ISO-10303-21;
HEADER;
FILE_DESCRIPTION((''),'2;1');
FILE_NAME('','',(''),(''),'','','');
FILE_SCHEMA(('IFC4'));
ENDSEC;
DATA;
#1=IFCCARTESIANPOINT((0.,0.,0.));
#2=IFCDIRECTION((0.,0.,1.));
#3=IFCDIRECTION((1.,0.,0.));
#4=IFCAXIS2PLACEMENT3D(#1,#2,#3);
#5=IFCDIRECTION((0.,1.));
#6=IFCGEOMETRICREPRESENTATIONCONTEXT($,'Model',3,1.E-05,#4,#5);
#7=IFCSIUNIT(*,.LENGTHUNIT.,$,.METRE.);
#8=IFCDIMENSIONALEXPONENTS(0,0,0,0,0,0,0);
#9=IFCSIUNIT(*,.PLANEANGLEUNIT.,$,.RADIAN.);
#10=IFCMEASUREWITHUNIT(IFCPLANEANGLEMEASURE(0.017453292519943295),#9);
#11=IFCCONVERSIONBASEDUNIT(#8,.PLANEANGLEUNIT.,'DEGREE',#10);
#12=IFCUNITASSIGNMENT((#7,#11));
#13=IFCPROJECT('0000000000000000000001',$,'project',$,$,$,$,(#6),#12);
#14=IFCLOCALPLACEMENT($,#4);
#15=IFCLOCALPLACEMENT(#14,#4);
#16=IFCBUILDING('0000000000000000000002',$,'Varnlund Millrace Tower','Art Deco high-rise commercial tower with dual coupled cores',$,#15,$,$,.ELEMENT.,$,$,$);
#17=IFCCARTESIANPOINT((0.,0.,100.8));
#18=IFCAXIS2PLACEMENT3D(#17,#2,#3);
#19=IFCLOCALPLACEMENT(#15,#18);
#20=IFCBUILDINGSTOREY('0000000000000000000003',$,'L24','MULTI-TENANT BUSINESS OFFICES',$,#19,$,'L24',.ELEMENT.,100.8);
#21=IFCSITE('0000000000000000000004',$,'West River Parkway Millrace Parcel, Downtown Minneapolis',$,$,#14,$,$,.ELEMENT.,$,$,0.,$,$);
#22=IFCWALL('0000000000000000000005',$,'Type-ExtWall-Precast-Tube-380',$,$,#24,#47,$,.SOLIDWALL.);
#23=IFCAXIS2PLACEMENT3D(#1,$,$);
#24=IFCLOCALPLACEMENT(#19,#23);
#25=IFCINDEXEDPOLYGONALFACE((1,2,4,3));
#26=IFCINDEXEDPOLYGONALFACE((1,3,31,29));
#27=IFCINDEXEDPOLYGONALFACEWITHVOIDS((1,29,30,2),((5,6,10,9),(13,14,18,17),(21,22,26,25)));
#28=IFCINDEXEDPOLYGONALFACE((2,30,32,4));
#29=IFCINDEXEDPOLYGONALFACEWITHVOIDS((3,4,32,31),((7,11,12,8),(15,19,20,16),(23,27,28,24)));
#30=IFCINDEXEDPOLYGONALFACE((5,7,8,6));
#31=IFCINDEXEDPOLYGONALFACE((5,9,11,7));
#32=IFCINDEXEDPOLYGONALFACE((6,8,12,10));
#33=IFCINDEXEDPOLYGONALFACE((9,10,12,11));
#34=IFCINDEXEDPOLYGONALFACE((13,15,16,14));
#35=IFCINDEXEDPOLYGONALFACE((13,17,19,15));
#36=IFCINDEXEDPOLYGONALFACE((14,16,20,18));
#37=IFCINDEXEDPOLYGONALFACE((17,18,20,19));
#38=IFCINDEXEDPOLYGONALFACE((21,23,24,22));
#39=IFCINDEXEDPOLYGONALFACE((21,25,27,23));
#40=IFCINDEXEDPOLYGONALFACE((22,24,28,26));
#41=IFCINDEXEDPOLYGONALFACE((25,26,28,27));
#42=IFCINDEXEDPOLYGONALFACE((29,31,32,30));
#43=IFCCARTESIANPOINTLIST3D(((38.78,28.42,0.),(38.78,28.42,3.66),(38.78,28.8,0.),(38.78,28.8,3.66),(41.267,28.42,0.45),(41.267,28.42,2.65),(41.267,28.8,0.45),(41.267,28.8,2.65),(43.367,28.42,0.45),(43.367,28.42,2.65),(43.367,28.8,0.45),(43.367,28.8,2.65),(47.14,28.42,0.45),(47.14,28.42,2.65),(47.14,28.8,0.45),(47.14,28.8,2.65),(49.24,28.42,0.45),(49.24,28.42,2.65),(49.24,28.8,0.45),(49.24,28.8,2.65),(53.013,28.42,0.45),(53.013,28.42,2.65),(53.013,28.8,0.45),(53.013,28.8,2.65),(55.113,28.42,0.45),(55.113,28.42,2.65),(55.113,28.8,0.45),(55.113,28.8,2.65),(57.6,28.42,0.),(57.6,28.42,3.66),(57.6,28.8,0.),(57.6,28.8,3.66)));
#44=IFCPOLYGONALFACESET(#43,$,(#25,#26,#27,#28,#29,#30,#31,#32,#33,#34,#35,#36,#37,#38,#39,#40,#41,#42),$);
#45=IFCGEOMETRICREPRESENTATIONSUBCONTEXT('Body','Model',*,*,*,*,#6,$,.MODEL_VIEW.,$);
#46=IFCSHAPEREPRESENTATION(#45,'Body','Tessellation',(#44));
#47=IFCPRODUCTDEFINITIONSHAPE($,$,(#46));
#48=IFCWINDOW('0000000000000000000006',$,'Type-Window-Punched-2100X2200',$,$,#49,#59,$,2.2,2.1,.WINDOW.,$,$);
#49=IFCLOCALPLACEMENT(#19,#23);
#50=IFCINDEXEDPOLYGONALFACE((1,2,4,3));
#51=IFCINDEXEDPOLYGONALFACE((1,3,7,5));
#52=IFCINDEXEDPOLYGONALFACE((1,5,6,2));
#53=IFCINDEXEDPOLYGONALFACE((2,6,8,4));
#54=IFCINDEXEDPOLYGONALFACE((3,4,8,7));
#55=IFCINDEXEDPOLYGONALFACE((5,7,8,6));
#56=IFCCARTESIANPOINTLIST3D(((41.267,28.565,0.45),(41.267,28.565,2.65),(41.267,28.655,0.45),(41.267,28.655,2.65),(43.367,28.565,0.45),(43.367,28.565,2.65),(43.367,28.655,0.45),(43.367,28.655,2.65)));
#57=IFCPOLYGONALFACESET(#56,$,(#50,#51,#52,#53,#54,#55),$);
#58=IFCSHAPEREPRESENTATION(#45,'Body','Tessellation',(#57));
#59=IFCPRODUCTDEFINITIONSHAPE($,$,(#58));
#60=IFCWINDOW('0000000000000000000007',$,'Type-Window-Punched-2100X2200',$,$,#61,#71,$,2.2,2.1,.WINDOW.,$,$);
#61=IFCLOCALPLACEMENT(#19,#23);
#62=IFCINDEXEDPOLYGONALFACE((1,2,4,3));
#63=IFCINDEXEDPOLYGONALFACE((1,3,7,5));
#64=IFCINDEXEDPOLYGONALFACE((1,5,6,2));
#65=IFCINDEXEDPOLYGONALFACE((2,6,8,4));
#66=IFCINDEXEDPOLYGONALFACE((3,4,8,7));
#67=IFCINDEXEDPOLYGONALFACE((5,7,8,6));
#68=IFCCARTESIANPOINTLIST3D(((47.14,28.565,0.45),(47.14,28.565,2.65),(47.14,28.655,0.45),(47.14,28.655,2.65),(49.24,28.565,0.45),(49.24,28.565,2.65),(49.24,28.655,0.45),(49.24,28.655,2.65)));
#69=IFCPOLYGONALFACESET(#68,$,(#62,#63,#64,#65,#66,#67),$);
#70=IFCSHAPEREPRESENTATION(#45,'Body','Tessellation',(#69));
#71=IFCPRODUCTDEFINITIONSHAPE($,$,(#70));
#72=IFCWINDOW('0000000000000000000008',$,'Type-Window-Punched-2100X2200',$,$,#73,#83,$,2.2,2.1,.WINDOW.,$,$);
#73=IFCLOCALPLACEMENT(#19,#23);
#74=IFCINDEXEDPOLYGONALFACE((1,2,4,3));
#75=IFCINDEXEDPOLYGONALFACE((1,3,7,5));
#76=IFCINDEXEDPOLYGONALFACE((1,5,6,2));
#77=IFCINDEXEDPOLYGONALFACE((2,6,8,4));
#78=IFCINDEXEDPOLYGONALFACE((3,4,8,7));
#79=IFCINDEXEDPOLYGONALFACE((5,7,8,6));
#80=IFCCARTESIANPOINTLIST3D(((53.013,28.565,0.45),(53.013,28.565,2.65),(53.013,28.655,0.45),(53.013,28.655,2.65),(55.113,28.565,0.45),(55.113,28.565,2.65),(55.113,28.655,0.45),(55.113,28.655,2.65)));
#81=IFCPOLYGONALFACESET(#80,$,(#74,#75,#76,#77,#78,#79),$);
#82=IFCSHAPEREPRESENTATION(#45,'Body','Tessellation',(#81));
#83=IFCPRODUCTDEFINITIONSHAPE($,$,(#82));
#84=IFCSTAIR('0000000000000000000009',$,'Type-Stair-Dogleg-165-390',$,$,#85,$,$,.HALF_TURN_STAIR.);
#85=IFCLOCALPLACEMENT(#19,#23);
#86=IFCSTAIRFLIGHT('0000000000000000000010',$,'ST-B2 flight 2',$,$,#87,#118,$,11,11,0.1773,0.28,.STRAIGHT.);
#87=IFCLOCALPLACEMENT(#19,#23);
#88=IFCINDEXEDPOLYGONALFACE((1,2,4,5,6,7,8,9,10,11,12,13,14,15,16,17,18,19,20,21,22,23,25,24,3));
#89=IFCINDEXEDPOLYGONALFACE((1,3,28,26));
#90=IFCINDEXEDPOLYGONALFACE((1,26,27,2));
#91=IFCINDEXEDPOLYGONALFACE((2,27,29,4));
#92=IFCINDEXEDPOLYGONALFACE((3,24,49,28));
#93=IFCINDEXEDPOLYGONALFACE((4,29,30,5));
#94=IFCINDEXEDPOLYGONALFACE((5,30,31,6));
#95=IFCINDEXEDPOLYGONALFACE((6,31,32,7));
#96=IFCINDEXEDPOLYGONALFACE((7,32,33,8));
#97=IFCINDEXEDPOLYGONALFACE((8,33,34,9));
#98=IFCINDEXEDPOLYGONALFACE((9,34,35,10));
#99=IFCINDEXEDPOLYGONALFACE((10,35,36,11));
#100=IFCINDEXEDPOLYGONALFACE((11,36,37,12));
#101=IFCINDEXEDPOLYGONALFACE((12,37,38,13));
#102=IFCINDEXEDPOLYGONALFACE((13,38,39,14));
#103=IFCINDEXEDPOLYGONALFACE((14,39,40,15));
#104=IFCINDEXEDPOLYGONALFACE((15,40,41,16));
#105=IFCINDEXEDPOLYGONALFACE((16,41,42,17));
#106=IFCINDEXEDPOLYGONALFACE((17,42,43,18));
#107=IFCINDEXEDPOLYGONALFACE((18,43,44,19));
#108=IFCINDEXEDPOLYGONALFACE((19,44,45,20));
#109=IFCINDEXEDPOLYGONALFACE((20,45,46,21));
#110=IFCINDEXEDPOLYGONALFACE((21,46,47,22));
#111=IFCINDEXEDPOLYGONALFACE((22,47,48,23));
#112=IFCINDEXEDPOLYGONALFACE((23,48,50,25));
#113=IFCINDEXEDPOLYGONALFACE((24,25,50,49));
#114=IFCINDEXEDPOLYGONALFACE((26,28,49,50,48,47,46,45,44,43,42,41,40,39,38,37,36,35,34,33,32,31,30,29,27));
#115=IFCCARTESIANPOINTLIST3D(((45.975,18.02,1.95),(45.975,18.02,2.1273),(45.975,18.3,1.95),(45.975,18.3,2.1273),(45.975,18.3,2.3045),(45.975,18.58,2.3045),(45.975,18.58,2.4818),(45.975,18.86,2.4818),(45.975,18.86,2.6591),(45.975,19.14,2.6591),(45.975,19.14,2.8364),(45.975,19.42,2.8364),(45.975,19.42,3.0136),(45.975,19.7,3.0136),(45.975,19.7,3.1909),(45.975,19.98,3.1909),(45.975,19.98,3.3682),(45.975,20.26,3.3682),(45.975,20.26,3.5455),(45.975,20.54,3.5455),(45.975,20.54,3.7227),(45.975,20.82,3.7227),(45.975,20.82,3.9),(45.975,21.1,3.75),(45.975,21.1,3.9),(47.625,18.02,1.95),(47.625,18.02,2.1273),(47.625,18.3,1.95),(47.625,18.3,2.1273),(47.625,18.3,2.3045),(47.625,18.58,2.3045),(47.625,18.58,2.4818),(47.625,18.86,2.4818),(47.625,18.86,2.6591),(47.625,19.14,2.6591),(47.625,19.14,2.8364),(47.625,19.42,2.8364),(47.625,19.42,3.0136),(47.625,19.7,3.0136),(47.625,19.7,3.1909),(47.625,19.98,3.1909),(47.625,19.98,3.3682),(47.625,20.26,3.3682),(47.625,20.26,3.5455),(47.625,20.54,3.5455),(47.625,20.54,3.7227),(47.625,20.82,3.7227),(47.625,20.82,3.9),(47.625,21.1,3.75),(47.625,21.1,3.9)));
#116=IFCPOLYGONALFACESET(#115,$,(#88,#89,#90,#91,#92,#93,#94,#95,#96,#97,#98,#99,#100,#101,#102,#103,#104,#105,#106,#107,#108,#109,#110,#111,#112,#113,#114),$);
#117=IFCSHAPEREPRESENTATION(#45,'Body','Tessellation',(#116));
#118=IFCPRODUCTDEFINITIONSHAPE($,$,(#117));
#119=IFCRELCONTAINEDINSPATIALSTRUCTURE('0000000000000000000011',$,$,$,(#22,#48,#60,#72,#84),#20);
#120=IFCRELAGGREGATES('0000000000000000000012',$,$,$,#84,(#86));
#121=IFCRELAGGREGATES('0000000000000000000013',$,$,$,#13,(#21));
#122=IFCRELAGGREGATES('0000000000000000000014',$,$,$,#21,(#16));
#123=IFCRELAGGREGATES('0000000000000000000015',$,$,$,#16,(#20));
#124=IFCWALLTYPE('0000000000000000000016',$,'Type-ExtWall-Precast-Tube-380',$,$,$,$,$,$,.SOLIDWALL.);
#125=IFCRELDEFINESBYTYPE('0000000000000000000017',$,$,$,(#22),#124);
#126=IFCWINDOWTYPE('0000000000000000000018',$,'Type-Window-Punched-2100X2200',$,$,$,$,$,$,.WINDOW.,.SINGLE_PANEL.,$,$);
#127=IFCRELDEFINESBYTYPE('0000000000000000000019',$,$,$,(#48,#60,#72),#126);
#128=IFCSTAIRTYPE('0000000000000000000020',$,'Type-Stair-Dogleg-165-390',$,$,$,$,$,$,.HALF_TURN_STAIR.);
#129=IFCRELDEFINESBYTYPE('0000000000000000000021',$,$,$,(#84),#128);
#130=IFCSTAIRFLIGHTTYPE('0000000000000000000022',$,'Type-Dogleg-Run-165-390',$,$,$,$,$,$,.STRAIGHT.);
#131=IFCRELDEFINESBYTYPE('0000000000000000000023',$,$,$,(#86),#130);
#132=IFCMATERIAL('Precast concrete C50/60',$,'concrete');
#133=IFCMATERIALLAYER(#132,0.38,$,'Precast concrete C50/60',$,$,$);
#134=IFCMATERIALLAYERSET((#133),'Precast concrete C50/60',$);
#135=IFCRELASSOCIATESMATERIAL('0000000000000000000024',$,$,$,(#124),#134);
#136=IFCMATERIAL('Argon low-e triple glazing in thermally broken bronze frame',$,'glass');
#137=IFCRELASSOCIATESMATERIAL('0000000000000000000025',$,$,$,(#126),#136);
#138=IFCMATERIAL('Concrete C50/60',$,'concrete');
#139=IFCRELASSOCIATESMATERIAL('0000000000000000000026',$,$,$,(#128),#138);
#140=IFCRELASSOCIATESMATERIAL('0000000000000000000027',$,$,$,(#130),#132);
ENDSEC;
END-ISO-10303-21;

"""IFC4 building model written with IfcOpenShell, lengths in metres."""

from ifc_helpers import new_model, entity, si_unit, converted_unit, direction, frame, origin_with_axes, origin_2d_with_axis, place, context, subcontext, project, spatial, polyline, rectangle, outline, extrude, material, layer, layer_set, type_object, element, fill, aggregate, save


model = new_model("IFC4")

# Units and contexts
model_context = context("Model", 3, precision=1e-05, world=origin_with_axes(), true_north=direction((0.0, 1.0)))
body_context = subcontext(model_context, "Body", "Model", "MODEL_VIEW")
ifc_project = project(units=[si_unit("LENGTHUNIT", "METRE"), converted_unit("PLANEANGLEUNIT", "DEGREE", entity("IfcPlaneAngleMeasure", 0.017453292519943295), si_unit("PLANEANGLEUNIT", "RADIAN"), dimensions=[0, 0, 0, 0, 0, 0, 0])], contexts=[model_context])

# Site, building, storey
site_placement = place(None, origin_with_axes())
site = spatial("IfcSite", under=ifc_project, at=site_placement, Name="West River Parkway Millrace Parcel, Downtown Minneapolis", CompositionType="ELEMENT", RefElevation=0.0)
building_placement = place(site_placement, origin_with_axes())
building = spatial("IfcBuilding", under=site, at=building_placement, Name="Varnlund Millrace Tower", Description="Art Deco high-rise commercial tower with dual coupled cores", CompositionType="ELEMENT")
storey_placement = place(building_placement, frame((0.0, 0.0, 100.8), z_axis=(0.0, 0.0, 1.0), x_axis=(1.0, 0.0, 0.0)))
storey = spatial("IfcBuildingStorey", under=building, at=storey_placement, Name="L24", Description="MULTI-TENANT BUSINESS OFFICES", LongName="L24", CompositionType="ELEMENT", Elevation=100.8)

# Shared definitions
ifc_material_1 = material(Name="Precast concrete C50/60", Category="concrete")
ifc_layer = layer(ifc_material_1, 0.38, Name="Precast concrete C50/60")
ifc_layer_set = layer_set([ifc_layer], Name="Precast concrete C50/60")
wall_type = type_object("IfcWallType", Name="Type-ExtWall-Precast-Tube-380", PredefinedType="SOLIDWALL", material=ifc_layer_set)

# Wall, openings, windows
ifc_material_2 = material(Name="Argon low-e triple glazing in thermally broken bronze frame", Category="glass")
window_type = type_object("IfcWindowType", Name="Type-Window-Punched-2100X2200", PartitioningType="SINGLE_PANEL", PredefinedType="WINDOW", material=ifc_material_2)
wall_1_placement = place(storey_placement, frame((38.78, 28.61, 0.0), z_axis=(0.0, 0.0, 1.0), x_axis=(1.0, 0.0, 0.0)))
wall_1 = element("IfcWall", 1, at=wall_1_placement, inside=storey, type_object=wall_type, Name="Type-ExtWall-Precast-Tube-380", PredefinedType="SOLIDWALL", context=body_context, shape_type="SweptSolid", body=[
    extrude(outline(polyline([(0.0, -0.19), (18.82, -0.19), (18.82, 0.19), (0.0, 0.19), (0.0, -0.19)])), origin_with_axes(), (0.0, 0.0, 1.0), 3.66),
])
opening_1_placement = place(wall_1_placement, frame((3.537, 0.0, 0.45), z_axis=(0.0, 0.0, 1.0), x_axis=(1.0, 0.0, 0.0)))
opening_1 = element("IfcOpeningElement", 2, at=opening_1_placement, cuts=wall_1, PredefinedType="OPENING", context=body_context, shape_type="SweptSolid", body=[
    extrude(rectangle(XDim=2.1, YDim=0.4, at=origin_2d_with_axis()), origin_with_axes(), (0.0, 0.0, 1.0), 2.2),
])
opening_2_placement = place(wall_1_placement, frame((9.41, 0.0, 0.45), z_axis=(0.0, 0.0, 1.0), x_axis=(1.0, 0.0, 0.0)))
opening_2 = element("IfcOpeningElement", 3, at=opening_2_placement, cuts=wall_1, PredefinedType="OPENING", context=body_context, shape_type="SweptSolid", body=[
    extrude(rectangle(XDim=2.1, YDim=0.4, at=origin_2d_with_axis()), origin_with_axes(), (0.0, 0.0, 1.0), 2.2),
])
opening_3_placement = place(wall_1_placement, frame((15.283, 0.0, 0.45), z_axis=(0.0, 0.0, 1.0), x_axis=(1.0, 0.0, 0.0)))
opening_3 = element("IfcOpeningElement", 4, at=opening_3_placement, cuts=wall_1, PredefinedType="OPENING", context=body_context, shape_type="SweptSolid", body=[
    extrude(rectangle(XDim=2.1, YDim=0.4, at=origin_2d_with_axis()), origin_with_axes(), (0.0, 0.0, 1.0), 2.2),
])
window_1_placement = place(wall_1_placement, frame((3.537, 0.0, 0.45), z_axis=(0.0, 0.0, 1.0), x_axis=(1.0, 0.0, 0.0)))
window_1 = element("IfcWindow", 5, at=window_1_placement, inside=storey, type_object=window_type, Name="Type-Window-Punched-2100X2200", OverallHeight=2.2, OverallWidth=2.1, PredefinedType="WINDOW", context=body_context, shape_type="SweptSolid", body=[
    extrude(rectangle(XDim=2.1, YDim=0.09, at=origin_2d_with_axis()), origin_with_axes(), (0.0, 0.0, 1.0), 2.2),
])
fill(opening_1, window_1)
window_2_placement = place(wall_1_placement, frame((9.41, 0.0, 0.45), z_axis=(0.0, 0.0, 1.0), x_axis=(1.0, 0.0, 0.0)))
window_2 = element("IfcWindow", 6, at=window_2_placement, inside=storey, type_object=window_type, Name="Type-Window-Punched-2100X2200", OverallHeight=2.2, OverallWidth=2.1, PredefinedType="WINDOW", context=body_context, shape_type="SweptSolid", body=[
    extrude(rectangle(XDim=2.1, YDim=0.09, at=origin_2d_with_axis()), origin_with_axes(), (0.0, 0.0, 1.0), 2.2),
])
fill(opening_2, window_2)
window_3_placement = place(wall_1_placement, frame((15.283, 0.0, 0.45), z_axis=(0.0, 0.0, 1.0), x_axis=(1.0, 0.0, 0.0)))
window_3 = element("IfcWindow", 7, at=window_3_placement, inside=storey, type_object=window_type, Name="Type-Window-Punched-2100X2200", OverallHeight=2.2, OverallWidth=2.1, PredefinedType="WINDOW", context=body_context, shape_type="SweptSolid", body=[
    extrude(rectangle(XDim=2.1, YDim=0.09, at=origin_2d_with_axis()), origin_with_axes(), (0.0, 0.0, 1.0), 2.2),
])
fill(opening_3, window_3)

# Stair, stair flight
ifc_material_3 = material(Name="Concrete C50/60", Category="concrete")
stair_type = type_object("IfcStairType", Name="Type-Stair-Dogleg-165-390", PredefinedType="HALF_TURN_STAIR", material=ifc_material_3)
stair_placement = place(storey_placement, origin_with_axes())
stair = element("IfcStair", 8, at=stair_placement, inside=storey, type_object=stair_type, Name="Type-Stair-Dogleg-165-390", PredefinedType="HALF_TURN_STAIR")
stair_flight_type = type_object("IfcStairFlightType", Name="Type-Dogleg-Run-165-390", PredefinedType="STRAIGHT", material=ifc_material_1)
stair_flight_placement = place(storey_placement, frame((45.975, 18.02, 1.95), z_axis=(1.0, 0.0, 0.0), x_axis=(0.0, 1.0, 0.0)))
stair_flight = element("IfcStairFlight", 9, at=stair_flight_placement, type_object=stair_flight_type, Name="ST-B2 flight 2", NumberOfRisers=11, NumberOfTreads=11, PredefinedType="STRAIGHT", RiserHeight=0.1773, TreadLength=0.28, context=body_context, shape_type="SweptSolid", body=[
    extrude(outline(polyline([(0.0, 0.0), (0.0, 0.1773), (0.28, 0.1773), (0.28, 0.3545), (0.56, 0.3545), (0.56, 0.5318), (0.84, 0.5318), (0.84, 0.7091), (1.12, 0.7091), (1.12, 0.8864), (1.4, 0.8864), (1.4, 1.0636), (1.68, 1.0636), (1.68, 1.2409), (1.96, 1.2409), (1.96, 1.4182), (2.24, 1.4182), (2.24, 1.5955), (2.52, 1.5955), (2.52, 1.7727), (2.8, 1.7727), (2.8, 1.95), (3.08, 1.95), (3.08, 1.8), (0.28, 0.0), (0.0, 0.0)])), origin_with_axes(), (0.0, 0.0, 1.0), 1.65),
])
aggregate(stair, [stair_flight])

save(model, "model.ifc")
